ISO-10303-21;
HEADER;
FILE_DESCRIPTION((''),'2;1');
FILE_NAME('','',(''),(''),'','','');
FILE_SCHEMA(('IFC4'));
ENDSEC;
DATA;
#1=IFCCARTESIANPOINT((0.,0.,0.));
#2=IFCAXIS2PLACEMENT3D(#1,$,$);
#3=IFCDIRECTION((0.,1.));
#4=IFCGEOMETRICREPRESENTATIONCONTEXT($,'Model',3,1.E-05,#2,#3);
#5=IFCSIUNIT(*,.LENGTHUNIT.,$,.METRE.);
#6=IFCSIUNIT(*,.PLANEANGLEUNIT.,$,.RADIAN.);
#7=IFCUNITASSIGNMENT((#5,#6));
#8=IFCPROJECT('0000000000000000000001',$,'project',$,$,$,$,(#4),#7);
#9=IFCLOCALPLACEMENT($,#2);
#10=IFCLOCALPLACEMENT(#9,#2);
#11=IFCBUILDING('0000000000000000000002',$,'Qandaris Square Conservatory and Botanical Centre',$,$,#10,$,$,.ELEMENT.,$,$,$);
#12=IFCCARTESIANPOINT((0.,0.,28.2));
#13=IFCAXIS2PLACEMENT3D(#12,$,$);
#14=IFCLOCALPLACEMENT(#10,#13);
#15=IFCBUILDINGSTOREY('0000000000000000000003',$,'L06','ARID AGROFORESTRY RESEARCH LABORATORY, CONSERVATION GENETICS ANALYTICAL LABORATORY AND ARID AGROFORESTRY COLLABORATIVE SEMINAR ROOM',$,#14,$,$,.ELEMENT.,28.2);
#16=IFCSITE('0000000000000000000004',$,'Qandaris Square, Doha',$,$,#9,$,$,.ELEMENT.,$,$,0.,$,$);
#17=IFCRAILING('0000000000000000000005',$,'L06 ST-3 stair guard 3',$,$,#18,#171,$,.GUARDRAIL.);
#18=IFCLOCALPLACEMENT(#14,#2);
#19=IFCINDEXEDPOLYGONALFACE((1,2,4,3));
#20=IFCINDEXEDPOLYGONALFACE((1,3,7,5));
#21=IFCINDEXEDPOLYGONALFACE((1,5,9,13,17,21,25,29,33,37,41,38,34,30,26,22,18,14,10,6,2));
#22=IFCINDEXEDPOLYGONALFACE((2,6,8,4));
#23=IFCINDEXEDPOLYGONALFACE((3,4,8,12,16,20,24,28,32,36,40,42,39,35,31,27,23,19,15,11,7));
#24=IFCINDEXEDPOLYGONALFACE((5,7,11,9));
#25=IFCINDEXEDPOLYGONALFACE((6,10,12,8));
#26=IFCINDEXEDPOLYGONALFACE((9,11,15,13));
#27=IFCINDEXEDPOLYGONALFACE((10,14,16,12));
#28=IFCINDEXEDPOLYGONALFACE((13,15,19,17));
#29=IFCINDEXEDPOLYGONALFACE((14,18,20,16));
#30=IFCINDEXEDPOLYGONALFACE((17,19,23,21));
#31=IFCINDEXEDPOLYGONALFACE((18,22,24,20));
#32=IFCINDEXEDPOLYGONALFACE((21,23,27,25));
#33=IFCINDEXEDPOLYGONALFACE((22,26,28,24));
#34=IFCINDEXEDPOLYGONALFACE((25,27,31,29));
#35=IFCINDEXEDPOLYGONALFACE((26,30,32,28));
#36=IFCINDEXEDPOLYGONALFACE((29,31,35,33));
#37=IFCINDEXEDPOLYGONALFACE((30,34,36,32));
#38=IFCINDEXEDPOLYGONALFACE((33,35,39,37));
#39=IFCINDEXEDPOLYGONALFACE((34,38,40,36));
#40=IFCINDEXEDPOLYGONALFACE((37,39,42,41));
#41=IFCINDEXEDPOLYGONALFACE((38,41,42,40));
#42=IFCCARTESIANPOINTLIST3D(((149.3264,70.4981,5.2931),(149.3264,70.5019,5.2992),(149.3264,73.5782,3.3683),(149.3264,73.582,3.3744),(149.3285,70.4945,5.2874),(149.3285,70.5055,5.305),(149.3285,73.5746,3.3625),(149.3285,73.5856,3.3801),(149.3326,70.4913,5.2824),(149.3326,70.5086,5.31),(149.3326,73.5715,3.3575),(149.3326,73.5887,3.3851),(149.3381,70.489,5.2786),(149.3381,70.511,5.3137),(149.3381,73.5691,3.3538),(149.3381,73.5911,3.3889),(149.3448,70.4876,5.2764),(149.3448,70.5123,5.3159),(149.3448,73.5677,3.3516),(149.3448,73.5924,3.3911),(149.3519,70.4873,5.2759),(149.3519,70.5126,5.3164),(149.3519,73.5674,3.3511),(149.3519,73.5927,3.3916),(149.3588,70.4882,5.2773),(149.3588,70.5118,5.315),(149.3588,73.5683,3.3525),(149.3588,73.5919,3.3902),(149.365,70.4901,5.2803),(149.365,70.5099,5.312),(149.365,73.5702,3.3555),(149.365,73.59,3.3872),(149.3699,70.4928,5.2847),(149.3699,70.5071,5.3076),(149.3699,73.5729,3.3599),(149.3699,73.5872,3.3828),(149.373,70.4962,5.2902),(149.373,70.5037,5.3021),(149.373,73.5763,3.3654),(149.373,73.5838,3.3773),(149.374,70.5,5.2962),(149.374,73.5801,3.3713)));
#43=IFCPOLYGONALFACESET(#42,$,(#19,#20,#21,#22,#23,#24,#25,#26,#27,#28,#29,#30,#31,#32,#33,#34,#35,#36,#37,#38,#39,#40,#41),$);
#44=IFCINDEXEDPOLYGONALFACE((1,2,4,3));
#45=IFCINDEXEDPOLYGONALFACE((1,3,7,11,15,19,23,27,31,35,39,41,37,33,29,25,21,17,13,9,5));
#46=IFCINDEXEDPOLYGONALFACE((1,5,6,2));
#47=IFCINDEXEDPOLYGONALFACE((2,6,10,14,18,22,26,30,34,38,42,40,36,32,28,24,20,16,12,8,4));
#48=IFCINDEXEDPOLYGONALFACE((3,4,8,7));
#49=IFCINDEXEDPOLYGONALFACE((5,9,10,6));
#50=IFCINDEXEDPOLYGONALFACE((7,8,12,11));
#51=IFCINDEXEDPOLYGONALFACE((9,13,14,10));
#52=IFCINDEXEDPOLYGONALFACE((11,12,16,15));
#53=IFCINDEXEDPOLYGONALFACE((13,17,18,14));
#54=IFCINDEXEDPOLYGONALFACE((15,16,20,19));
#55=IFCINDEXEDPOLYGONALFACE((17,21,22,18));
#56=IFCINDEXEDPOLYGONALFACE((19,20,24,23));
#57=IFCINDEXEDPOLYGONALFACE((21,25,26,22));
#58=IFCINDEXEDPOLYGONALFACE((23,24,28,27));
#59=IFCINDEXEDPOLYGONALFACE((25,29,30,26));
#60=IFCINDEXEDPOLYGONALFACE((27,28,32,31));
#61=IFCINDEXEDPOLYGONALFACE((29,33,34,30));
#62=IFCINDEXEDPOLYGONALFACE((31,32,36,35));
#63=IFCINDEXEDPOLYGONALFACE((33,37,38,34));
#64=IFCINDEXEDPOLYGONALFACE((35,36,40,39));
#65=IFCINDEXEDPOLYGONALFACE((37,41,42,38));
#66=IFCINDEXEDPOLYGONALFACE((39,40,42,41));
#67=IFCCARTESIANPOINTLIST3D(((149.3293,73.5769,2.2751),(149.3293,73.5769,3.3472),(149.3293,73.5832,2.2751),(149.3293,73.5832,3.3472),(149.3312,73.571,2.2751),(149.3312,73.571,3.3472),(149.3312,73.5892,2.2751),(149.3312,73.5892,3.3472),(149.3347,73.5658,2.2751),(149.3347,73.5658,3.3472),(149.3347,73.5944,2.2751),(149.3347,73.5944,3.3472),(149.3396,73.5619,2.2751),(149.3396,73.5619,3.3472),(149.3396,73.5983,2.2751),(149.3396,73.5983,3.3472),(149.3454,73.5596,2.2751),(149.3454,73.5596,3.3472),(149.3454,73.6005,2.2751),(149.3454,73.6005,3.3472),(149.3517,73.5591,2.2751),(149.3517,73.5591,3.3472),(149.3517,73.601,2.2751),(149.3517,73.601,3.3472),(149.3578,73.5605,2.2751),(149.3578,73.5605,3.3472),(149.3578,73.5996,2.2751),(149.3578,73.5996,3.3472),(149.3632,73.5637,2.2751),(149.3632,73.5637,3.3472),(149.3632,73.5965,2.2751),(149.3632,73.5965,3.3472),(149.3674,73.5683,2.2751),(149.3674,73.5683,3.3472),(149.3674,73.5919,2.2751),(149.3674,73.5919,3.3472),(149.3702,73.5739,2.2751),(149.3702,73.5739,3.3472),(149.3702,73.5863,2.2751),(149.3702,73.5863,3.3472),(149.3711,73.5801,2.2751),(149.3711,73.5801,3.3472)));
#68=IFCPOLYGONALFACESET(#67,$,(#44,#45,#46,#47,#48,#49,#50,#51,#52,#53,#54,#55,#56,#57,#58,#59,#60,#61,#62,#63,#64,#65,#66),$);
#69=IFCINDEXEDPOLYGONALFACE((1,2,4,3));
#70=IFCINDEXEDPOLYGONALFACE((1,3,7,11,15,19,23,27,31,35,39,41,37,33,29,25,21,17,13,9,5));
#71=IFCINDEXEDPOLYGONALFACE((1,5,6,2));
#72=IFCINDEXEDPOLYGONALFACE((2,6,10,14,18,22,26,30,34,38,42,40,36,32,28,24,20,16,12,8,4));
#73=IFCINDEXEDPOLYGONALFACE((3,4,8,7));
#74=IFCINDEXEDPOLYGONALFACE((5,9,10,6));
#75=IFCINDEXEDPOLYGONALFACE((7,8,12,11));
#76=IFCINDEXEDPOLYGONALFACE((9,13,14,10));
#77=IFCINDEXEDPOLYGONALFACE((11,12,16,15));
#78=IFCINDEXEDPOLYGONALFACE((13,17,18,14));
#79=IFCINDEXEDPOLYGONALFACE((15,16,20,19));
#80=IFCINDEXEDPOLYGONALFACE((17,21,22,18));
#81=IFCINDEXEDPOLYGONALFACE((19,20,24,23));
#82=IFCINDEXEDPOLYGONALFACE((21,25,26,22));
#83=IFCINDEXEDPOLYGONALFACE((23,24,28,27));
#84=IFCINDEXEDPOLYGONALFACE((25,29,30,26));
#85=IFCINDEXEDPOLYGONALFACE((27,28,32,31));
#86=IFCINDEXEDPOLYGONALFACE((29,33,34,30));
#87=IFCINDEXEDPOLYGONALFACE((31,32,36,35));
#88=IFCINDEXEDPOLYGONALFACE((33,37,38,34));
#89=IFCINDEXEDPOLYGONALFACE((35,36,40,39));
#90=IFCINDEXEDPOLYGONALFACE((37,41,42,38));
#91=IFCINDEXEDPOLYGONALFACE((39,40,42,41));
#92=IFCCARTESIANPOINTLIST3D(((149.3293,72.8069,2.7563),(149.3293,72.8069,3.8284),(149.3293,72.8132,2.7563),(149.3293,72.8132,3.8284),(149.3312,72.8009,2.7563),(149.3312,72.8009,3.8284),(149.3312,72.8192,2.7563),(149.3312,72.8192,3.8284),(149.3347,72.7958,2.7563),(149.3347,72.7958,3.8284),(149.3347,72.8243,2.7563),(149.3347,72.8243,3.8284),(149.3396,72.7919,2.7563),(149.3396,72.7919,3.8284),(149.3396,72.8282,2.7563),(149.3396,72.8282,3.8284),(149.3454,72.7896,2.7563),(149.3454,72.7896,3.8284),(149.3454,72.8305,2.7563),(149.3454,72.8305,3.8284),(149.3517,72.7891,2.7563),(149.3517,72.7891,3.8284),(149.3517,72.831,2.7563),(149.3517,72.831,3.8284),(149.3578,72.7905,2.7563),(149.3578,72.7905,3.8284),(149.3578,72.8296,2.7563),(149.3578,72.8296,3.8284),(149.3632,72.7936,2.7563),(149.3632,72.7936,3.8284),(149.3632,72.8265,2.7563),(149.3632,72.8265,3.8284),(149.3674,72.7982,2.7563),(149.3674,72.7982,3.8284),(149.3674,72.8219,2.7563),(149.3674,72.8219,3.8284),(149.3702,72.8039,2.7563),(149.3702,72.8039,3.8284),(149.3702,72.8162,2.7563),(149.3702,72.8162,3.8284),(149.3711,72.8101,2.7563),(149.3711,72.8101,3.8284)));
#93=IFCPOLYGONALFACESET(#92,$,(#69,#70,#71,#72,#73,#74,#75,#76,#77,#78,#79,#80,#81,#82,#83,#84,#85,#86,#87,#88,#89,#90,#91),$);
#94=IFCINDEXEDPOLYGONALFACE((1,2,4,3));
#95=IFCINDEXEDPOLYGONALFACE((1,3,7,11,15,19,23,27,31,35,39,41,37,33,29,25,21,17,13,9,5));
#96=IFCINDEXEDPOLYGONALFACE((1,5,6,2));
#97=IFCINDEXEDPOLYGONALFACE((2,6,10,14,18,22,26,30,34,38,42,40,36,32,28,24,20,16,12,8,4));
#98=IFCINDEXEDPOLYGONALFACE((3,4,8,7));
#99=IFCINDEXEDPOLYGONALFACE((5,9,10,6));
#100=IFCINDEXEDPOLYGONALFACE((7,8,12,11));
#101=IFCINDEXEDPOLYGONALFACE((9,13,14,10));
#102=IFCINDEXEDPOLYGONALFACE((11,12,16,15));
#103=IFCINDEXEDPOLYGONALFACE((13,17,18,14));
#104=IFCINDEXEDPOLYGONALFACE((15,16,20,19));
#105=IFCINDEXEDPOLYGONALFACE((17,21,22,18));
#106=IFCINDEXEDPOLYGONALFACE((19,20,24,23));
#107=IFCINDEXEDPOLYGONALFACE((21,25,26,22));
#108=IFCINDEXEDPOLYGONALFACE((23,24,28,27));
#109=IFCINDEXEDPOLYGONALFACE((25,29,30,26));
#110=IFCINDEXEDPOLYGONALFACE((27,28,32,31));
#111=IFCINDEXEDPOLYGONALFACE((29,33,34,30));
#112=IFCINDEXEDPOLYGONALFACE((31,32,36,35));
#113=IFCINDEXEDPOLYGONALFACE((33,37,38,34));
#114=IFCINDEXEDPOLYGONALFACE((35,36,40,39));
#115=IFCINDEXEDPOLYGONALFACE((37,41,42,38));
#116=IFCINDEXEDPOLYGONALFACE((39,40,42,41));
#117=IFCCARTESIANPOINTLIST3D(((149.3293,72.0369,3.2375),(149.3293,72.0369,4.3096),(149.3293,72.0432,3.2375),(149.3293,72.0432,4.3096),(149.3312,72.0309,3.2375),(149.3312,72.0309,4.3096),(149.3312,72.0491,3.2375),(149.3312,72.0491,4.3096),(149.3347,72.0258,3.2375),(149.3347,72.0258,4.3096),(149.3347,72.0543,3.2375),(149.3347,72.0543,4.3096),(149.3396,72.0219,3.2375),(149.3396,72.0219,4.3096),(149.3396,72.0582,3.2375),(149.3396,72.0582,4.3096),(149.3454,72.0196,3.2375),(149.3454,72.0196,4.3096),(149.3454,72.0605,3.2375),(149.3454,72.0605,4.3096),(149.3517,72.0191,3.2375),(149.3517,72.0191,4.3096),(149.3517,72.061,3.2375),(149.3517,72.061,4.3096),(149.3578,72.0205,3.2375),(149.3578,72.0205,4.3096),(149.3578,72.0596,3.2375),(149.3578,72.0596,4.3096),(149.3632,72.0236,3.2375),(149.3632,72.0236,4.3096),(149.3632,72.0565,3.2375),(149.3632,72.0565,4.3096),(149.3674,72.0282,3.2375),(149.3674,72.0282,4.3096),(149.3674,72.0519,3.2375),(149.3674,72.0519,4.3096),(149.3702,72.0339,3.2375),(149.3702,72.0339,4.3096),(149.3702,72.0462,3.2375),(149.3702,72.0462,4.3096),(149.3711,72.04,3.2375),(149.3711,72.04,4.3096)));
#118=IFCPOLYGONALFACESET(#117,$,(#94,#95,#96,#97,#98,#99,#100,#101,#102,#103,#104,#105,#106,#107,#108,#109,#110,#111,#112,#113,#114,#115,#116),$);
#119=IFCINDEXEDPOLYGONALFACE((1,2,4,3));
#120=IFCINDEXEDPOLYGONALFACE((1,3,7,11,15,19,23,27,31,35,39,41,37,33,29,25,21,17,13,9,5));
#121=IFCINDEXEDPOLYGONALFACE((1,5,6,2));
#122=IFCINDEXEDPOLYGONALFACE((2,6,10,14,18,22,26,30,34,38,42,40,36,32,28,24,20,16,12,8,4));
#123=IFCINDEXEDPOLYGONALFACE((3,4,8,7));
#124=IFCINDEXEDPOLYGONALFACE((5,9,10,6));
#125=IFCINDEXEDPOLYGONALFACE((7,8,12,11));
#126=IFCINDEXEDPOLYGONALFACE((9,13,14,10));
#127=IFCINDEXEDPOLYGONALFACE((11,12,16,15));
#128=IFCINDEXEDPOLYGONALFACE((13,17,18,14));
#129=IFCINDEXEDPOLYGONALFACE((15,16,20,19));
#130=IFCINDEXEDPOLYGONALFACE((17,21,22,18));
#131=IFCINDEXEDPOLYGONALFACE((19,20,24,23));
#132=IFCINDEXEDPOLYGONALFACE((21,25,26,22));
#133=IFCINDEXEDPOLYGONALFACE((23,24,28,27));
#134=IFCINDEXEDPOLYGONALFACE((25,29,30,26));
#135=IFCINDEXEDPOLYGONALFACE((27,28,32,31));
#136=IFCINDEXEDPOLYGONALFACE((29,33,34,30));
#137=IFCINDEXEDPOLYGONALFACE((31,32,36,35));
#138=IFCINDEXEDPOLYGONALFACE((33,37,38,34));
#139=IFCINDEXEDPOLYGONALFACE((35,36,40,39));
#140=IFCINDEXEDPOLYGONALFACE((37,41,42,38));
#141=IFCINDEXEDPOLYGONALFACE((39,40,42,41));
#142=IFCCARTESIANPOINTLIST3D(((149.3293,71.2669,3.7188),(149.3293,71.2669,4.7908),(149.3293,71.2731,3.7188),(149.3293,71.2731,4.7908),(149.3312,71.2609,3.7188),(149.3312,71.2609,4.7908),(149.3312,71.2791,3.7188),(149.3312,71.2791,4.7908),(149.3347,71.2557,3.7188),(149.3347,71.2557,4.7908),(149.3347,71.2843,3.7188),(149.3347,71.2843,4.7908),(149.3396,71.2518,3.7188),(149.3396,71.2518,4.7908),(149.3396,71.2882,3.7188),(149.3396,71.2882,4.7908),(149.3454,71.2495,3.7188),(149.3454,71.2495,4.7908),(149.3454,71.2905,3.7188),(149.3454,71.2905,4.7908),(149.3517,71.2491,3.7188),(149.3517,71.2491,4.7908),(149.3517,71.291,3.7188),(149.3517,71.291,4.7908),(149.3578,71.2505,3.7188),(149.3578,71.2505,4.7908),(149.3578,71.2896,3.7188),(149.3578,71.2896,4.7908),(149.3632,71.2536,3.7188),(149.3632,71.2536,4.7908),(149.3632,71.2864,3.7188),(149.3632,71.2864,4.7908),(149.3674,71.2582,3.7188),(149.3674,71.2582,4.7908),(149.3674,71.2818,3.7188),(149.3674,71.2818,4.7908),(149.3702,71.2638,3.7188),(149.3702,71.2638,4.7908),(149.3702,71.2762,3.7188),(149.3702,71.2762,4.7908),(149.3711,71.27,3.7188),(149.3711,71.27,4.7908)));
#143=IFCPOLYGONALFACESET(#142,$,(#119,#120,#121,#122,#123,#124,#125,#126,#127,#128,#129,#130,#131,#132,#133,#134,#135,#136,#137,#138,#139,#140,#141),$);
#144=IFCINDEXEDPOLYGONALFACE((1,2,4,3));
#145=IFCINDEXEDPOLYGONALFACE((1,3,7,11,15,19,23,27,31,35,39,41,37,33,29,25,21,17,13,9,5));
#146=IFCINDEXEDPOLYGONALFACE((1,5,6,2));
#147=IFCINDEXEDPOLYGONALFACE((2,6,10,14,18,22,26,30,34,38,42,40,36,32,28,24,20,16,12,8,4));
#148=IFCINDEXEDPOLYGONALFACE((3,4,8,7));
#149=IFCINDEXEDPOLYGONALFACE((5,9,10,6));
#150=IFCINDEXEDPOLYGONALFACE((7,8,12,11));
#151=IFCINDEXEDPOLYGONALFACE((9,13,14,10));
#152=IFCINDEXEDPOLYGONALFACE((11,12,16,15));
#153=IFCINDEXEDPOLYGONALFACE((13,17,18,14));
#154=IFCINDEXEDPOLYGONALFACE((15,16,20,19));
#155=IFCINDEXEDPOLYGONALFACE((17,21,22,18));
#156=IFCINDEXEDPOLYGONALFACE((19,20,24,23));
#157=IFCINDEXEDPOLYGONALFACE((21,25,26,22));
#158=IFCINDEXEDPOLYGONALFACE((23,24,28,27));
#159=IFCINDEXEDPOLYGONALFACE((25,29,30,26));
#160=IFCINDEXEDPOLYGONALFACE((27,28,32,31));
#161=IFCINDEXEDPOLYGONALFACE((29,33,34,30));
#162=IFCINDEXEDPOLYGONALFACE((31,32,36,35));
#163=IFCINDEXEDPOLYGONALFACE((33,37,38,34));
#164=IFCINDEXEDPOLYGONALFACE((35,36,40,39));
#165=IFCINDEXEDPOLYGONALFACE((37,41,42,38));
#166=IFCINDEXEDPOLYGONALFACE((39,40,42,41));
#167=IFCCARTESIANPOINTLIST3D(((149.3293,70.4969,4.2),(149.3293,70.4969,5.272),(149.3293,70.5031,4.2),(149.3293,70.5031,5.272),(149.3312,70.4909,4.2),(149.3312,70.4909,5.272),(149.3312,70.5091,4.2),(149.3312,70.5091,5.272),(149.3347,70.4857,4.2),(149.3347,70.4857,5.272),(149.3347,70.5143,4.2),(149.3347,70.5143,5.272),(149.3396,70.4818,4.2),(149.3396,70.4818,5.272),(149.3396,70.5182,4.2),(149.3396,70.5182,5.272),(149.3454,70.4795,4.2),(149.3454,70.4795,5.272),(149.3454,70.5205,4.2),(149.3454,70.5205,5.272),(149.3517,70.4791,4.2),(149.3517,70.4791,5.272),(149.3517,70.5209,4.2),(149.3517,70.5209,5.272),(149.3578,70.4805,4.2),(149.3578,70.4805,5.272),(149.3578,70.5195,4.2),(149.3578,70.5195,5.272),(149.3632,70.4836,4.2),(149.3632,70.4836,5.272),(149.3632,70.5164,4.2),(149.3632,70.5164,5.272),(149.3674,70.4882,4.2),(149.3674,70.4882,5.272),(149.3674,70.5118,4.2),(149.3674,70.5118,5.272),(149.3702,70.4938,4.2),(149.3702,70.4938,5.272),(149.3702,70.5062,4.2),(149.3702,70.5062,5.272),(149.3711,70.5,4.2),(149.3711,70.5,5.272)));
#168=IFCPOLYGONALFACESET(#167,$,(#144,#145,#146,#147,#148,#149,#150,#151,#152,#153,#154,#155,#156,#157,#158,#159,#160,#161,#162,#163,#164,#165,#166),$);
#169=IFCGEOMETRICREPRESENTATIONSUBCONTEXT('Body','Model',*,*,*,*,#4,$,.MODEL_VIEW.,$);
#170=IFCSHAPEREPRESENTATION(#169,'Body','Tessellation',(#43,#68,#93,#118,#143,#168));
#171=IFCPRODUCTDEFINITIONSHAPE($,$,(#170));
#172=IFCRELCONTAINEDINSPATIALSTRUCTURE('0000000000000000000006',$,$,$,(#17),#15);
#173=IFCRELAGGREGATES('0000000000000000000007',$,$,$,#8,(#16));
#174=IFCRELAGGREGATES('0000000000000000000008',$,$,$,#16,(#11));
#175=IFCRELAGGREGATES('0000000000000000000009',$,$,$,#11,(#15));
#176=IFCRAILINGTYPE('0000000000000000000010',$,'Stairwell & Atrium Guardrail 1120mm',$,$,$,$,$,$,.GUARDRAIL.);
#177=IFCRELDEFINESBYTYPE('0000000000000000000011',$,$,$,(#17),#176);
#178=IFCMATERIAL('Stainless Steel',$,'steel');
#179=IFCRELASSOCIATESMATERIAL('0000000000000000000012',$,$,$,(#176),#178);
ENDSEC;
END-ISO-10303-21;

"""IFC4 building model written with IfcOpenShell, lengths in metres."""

from ifc_helpers import new_model, si_unit, direction, frame, origin, origin_2d, place, context, subcontext, project, spatial, circle, extrude, material, type_object, element, save


model = new_model("IFC4")

# Units and contexts
model_context = context("Model", 3, precision=1e-05, world=origin(), true_north=direction((0.0, 1.0)))
body_context = subcontext(model_context, "Body", "Model", "MODEL_VIEW")
ifc_project = project(units=[si_unit("LENGTHUNIT", "METRE"), si_unit("PLANEANGLEUNIT", "RADIAN")], contexts=[model_context])

# Site, building, storey
site_placement = place(None, origin())
site = spatial("IfcSite", under=ifc_project, at=site_placement, Name="Qandaris Square, Doha", CompositionType="ELEMENT", RefElevation=0.0)
building_placement = place(site_placement, origin())
building = spatial("IfcBuilding", under=site, at=building_placement, Name="Qandaris Square Conservatory and Botanical Centre", CompositionType="ELEMENT")
storey_placement = place(building_placement, frame((0.0, 0.0, 28.2)))
storey = spatial("IfcBuildingStorey", under=building, at=storey_placement, Name="L06", Description="ARID AGROFORESTRY RESEARCH LABORATORY, CONSERVATION GENETICS ANALYTICAL LABORATORY AND ARID AGROFORESTRY COLLABORATIVE SEMINAR ROOM", CompositionType="ELEMENT", Elevation=28.2)

# Railing
ifc_material_1 = material(Name="Stainless Steel", Category="steel")
railing_type_1 = type_object("IfcRailingType", Name="Stairwell & Atrium Guardrail 1120mm", PredefinedType="GUARDRAIL", material=ifc_material_1)
railing_1_placement = place(storey_placement, frame((149.3501, 73.5801, 2.2751)))
element("IfcRailing", 1, at=railing_1_placement, inside=storey, type_object=railing_type_1, Name="L06 ST-3 stair guard 3", PredefinedType="GUARDRAIL", context=body_context, shape_type="SweptSolid", body=[
    extrude(circle(Radius=0.0239, at=origin_2d()), frame((0.0, 0.0, 1.0962), z_axis=(0.0, -0.848029, 0.529951), x_axis=(1.0, 0.0, 0.0)), (0.0, 0.0, 1.0), 3.6321),
    extrude(circle(Radius=0.021, at=origin_2d()), origin(), (0.0, 0.0, 1.0), 1.072),
    extrude(circle(Radius=0.021, at=origin_2d()), frame((0.0, -0.77, 0.4812)), (0.0, 0.0, 1.0), 1.072),
    extrude(circle(Radius=0.021, at=origin_2d()), frame((0.0, -1.54, 0.9624)), (0.0, 0.0, 1.0), 1.072),
    extrude(circle(Radius=0.021, at=origin_2d()), frame((0.0, -2.3101, 1.4436)), (0.0, 0.0, 1.0), 1.072),
    extrude(circle(Radius=0.021, at=origin_2d()), frame((0.0, -3.0801, 1.9248)), (0.0, 0.0, 1.0), 1.072),
])

save(model, "model.ifc")
